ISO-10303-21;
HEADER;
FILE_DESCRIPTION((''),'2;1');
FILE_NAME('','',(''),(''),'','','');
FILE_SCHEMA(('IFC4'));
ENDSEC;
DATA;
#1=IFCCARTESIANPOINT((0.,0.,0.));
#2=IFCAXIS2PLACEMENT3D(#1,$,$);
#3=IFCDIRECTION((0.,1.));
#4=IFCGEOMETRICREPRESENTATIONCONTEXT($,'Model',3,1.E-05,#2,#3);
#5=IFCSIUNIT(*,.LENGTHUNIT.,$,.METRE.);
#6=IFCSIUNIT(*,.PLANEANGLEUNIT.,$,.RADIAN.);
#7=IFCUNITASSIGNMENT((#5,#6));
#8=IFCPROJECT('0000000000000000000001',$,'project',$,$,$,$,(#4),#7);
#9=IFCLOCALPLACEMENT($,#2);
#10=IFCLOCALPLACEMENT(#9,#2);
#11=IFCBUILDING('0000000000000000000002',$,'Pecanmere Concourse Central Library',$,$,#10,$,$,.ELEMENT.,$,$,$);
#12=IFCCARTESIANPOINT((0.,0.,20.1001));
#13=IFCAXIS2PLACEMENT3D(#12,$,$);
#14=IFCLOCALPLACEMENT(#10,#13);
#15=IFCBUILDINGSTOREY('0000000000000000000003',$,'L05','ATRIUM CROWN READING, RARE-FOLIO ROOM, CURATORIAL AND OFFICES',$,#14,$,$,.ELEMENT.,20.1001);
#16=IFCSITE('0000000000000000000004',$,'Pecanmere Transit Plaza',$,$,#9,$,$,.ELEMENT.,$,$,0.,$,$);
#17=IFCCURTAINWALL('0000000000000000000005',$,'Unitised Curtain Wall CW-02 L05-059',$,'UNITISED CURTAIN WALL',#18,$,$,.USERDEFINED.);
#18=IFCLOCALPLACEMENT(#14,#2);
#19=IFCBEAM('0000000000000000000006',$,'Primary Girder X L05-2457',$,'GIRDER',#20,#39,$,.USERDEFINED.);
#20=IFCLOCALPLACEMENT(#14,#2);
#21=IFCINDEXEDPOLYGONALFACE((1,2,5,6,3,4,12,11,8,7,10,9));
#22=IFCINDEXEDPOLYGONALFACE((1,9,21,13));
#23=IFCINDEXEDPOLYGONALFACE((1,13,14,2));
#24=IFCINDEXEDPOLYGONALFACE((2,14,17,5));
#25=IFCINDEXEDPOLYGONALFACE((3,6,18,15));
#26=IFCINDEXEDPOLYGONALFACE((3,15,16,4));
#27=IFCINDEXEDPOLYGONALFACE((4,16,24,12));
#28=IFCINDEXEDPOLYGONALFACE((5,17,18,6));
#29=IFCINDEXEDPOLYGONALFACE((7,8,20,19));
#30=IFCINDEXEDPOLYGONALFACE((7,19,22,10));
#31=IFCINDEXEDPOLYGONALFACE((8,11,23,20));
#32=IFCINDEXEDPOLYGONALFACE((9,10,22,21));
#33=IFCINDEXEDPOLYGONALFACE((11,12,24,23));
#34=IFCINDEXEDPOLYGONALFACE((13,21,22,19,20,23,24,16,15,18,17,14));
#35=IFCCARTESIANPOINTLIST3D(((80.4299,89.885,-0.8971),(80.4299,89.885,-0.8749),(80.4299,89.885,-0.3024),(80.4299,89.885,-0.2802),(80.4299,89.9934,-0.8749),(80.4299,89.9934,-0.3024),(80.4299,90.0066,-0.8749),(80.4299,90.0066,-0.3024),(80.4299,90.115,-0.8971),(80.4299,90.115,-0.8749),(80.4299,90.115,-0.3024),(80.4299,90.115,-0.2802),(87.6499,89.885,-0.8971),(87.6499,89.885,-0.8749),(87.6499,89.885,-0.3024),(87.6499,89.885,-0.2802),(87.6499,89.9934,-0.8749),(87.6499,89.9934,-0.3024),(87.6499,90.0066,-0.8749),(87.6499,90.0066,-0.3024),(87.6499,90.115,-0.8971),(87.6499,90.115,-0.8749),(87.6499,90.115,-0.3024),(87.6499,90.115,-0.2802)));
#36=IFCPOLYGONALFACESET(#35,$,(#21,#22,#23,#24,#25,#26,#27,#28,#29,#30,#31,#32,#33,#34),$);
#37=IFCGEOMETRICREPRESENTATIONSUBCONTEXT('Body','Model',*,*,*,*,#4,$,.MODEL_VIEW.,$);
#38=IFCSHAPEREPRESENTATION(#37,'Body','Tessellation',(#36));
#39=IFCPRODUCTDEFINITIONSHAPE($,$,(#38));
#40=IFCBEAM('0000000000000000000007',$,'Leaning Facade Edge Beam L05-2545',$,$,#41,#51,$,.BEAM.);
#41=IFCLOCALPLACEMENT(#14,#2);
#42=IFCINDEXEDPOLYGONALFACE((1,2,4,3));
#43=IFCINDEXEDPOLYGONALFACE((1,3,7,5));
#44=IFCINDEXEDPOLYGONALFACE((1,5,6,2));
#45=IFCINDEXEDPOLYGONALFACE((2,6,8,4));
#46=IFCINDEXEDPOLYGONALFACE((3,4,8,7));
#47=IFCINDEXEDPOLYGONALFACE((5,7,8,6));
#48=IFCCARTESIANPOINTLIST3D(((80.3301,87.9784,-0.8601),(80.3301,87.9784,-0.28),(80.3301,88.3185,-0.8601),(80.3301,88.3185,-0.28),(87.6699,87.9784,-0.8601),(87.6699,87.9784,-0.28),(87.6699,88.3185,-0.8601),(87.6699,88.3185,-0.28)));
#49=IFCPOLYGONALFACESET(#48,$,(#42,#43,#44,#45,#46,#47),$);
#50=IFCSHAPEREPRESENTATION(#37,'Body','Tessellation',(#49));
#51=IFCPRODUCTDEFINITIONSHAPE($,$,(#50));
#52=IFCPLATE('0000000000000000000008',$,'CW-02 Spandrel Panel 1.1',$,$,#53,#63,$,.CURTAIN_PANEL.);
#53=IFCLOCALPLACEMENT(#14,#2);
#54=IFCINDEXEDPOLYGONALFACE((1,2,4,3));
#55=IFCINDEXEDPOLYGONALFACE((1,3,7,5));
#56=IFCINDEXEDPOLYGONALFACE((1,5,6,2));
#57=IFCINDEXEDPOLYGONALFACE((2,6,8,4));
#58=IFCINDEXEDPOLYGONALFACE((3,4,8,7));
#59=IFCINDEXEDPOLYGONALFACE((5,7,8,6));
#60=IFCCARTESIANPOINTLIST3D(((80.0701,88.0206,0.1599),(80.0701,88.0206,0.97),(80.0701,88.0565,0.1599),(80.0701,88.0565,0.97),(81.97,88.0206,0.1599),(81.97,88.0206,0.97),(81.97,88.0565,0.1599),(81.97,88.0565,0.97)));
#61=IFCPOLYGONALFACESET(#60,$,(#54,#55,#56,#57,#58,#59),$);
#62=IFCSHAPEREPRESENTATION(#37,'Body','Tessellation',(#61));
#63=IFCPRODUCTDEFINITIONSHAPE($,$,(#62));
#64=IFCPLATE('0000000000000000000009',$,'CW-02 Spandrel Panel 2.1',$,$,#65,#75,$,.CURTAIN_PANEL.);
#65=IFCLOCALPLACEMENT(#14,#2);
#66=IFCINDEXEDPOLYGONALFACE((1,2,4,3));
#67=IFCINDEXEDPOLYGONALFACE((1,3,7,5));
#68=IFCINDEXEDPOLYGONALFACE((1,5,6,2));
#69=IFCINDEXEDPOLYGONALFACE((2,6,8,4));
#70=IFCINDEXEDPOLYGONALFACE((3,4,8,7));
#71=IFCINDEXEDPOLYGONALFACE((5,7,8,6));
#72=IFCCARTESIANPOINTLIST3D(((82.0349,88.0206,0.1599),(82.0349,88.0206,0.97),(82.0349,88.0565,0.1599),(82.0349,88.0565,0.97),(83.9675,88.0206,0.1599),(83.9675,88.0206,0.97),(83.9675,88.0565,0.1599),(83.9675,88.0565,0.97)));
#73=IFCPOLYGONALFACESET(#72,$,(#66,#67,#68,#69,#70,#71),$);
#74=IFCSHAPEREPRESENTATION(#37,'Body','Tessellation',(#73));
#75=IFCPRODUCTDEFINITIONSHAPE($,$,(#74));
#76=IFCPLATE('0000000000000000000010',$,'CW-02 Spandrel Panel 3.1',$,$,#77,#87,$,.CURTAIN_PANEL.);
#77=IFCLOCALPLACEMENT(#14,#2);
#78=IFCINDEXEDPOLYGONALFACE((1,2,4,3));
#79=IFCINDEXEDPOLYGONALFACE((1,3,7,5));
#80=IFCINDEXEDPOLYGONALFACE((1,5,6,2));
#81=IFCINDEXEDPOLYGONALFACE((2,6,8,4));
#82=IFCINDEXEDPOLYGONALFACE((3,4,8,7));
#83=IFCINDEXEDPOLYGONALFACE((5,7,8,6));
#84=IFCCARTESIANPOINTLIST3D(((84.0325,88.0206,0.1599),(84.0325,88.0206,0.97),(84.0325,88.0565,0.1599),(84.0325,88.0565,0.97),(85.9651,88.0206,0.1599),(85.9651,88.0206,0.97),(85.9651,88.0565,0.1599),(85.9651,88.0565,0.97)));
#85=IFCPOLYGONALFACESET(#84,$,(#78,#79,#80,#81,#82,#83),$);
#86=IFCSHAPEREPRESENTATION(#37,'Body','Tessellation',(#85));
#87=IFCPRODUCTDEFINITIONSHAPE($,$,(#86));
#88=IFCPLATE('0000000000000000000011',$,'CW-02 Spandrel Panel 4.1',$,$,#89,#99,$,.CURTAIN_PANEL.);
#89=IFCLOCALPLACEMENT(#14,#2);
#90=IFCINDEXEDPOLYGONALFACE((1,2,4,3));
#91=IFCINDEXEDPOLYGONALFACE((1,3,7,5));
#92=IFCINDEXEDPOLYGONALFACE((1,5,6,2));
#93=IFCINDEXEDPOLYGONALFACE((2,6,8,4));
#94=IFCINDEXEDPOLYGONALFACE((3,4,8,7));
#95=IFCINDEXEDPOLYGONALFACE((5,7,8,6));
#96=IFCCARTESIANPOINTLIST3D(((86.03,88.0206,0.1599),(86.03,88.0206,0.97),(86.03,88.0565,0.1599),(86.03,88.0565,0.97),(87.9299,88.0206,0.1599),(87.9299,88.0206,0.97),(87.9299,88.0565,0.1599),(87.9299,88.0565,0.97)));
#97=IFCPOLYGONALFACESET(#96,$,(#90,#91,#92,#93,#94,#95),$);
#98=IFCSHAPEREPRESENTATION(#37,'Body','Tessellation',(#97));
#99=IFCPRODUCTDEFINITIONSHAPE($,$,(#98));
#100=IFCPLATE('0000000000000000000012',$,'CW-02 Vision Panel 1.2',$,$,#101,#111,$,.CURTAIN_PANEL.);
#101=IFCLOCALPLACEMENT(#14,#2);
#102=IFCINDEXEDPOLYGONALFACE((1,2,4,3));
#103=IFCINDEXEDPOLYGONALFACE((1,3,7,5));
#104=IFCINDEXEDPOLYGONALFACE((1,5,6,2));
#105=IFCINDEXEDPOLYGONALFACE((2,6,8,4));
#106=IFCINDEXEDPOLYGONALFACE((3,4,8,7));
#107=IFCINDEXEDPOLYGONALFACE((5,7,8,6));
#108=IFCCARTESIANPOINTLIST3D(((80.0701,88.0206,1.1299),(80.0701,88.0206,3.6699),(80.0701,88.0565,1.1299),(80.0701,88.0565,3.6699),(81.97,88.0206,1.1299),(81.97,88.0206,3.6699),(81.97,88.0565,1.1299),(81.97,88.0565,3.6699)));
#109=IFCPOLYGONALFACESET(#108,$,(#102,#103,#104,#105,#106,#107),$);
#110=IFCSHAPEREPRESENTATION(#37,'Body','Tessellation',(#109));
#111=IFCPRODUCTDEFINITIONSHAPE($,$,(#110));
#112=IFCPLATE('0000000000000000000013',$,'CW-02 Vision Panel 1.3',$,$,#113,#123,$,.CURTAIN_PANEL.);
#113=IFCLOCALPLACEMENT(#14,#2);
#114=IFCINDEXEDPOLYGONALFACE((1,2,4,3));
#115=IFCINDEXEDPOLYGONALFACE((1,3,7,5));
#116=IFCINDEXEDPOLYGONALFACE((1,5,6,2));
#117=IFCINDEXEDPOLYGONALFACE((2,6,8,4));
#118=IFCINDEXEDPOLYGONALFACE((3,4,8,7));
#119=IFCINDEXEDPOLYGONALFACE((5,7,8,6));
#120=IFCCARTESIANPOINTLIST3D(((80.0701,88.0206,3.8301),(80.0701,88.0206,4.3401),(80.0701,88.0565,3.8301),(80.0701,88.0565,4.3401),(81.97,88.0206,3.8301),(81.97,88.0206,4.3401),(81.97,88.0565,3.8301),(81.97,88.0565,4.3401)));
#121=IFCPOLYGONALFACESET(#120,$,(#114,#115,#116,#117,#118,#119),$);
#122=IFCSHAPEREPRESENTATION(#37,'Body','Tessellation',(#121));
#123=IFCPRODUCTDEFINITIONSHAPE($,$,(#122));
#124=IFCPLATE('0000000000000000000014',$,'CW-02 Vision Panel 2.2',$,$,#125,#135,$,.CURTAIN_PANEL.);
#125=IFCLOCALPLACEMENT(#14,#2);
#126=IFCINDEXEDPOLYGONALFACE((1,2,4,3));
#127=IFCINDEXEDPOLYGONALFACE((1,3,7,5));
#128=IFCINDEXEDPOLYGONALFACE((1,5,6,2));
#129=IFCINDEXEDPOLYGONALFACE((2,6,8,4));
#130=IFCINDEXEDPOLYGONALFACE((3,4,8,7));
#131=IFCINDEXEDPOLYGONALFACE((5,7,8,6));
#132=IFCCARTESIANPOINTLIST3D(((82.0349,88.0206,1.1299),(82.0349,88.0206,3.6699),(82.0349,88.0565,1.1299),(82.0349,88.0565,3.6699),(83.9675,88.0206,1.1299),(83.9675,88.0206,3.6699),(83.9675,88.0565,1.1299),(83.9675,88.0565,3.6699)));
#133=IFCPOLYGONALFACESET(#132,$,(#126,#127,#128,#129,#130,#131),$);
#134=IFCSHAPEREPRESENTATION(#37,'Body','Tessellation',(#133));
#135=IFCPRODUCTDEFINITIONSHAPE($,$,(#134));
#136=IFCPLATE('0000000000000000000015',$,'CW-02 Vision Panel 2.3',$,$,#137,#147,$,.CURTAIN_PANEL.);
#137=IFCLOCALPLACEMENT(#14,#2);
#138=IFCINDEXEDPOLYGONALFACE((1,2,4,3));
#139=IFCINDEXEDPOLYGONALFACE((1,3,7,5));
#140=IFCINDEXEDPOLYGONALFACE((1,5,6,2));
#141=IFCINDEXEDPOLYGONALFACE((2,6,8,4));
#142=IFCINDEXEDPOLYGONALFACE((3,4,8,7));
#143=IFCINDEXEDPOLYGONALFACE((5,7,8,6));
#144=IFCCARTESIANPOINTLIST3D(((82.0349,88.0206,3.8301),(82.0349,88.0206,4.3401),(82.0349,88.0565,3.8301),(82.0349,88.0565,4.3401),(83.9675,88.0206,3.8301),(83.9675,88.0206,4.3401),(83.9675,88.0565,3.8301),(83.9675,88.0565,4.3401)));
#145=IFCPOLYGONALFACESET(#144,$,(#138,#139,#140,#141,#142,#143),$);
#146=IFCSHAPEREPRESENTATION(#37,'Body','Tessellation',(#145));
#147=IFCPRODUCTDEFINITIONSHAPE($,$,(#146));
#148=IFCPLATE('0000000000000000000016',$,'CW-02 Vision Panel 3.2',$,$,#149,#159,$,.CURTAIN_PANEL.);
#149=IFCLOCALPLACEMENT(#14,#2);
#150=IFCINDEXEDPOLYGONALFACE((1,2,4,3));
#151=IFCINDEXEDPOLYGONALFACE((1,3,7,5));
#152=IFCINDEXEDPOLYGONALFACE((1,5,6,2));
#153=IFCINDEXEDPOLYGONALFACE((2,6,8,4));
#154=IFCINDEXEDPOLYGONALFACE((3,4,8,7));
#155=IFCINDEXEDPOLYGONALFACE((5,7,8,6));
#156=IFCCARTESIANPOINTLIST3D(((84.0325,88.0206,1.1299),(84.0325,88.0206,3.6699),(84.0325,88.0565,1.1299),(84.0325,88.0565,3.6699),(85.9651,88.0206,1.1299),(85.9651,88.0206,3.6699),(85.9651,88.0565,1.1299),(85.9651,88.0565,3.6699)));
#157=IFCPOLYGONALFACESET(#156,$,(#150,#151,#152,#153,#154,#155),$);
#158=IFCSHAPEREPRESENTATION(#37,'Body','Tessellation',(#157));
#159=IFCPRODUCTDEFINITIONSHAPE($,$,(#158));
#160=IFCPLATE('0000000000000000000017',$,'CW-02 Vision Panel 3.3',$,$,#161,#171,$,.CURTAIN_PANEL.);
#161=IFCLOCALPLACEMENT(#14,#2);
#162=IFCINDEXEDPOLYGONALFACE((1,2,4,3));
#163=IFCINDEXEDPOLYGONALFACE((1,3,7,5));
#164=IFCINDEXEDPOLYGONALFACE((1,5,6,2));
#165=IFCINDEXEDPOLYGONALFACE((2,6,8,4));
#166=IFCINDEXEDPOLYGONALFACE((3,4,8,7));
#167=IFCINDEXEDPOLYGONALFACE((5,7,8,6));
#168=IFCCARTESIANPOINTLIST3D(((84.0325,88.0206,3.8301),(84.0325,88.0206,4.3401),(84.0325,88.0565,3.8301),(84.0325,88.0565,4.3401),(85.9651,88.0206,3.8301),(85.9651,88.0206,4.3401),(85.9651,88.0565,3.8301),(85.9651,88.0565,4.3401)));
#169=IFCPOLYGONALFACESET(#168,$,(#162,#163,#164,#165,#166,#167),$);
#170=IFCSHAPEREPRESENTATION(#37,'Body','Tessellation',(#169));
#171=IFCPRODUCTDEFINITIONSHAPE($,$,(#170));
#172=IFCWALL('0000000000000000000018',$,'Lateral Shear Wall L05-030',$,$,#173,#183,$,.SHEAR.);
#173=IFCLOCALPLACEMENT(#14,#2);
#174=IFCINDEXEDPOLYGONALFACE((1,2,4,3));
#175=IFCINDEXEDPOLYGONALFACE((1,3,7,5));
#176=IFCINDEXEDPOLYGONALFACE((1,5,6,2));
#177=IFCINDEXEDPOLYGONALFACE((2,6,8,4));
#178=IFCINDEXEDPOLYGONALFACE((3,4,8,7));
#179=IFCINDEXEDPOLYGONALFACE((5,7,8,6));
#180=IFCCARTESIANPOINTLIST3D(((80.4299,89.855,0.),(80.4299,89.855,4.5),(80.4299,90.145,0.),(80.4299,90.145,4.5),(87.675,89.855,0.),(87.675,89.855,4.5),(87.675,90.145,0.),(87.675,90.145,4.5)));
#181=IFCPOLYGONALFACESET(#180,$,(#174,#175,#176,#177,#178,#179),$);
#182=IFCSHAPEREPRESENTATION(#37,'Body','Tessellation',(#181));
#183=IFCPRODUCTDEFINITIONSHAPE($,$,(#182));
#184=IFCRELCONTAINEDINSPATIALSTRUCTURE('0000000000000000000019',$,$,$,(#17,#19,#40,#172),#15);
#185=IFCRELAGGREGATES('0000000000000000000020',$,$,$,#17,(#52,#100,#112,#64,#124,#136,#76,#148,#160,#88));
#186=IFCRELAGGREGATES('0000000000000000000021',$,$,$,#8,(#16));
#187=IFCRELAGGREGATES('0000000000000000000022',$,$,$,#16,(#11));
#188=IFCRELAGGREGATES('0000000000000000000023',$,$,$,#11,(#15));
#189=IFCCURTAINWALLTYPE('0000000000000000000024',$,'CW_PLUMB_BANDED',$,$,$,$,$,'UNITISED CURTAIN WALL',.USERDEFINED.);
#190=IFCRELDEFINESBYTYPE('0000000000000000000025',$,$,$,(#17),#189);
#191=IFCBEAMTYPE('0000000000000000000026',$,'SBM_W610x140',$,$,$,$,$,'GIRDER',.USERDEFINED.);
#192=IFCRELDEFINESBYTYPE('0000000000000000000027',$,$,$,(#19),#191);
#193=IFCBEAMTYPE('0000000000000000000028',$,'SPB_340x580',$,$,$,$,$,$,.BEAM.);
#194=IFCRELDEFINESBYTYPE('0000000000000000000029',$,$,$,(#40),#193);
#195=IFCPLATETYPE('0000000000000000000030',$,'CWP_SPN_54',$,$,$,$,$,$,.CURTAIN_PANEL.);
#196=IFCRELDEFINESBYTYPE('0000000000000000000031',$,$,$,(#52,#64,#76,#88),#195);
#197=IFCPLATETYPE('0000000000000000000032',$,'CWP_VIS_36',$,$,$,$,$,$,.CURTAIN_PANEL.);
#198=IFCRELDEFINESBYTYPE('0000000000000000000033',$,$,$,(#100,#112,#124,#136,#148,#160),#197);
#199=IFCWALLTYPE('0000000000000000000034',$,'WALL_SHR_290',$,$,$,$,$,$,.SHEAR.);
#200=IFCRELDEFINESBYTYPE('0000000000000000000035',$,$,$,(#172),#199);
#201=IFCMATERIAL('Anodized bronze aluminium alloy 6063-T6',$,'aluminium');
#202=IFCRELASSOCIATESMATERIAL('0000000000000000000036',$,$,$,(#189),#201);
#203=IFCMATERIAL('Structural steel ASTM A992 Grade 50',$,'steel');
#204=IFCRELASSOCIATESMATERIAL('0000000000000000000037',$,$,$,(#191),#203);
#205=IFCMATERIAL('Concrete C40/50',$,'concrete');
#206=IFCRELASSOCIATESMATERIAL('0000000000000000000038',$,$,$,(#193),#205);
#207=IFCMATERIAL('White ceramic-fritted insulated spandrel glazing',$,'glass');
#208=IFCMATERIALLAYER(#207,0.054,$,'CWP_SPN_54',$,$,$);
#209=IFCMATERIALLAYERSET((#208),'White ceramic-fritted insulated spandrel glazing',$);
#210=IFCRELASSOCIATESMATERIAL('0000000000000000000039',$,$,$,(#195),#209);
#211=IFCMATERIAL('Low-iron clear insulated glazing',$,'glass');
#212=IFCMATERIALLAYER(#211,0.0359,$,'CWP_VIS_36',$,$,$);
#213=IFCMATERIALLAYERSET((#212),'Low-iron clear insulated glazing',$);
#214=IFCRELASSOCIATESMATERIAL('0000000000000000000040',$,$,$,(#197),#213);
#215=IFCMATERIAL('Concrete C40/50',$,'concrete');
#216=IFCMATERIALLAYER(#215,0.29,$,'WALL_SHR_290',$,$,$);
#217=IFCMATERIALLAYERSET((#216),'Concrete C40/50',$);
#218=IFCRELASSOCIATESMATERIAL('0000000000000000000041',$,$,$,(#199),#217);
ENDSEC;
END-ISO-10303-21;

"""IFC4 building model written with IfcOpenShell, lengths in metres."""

from ifc_helpers import new_model, si_unit, direction, frame, frame_2d, origin, origin_2d, place, context, subcontext, project, spatial, rectangle, i_section, extrude, material, layer, layer_set, material_profile, profile_set, type_object, element, aggregate, save


model = new_model("IFC4")

# Units and contexts
model_context = context("Model", 3, precision=1e-05, world=origin(), true_north=direction((0.0, 1.0)))
body_context = subcontext(model_context, "Body", "Model", "MODEL_VIEW")
ifc_project = project(units=[si_unit("LENGTHUNIT", "METRE"), si_unit("PLANEANGLEUNIT", "RADIAN")], contexts=[model_context])

# Site, building, storey
site_placement = place(None, origin())
site = spatial("IfcSite", under=ifc_project, at=site_placement, Name="Pecanmere Transit Plaza", CompositionType="ELEMENT", RefElevation=0.0)
building_placement = place(site_placement, origin())
building = spatial("IfcBuilding", under=site, at=building_placement, Name="Pecanmere Concourse Central Library", CompositionType="ELEMENT")
storey_placement = place(building_placement, frame((0.0, 0.0, 20.1001)))
storey = spatial("IfcBuildingStorey", under=building, at=storey_placement, Name="L05", Description="ATRIUM CROWN READING, RARE-FOLIO ROOM, CURATORIAL AND OFFICES", CompositionType="ELEMENT", Elevation=20.1001)

# Shared definitions
ifc_material_1 = material(Name="Anodized bronze aluminium alloy 6063-T6", Category="aluminium")
curtain_wall_type = type_object("IfcCurtainWallType", Name="CW_PLUMB_BANDED", ElementType="UNITISED CURTAIN WALL", PredefinedType="USERDEFINED", material=ifc_material_1)

# Curtain wall
curtain_wall_1_placement = place(storey_placement, origin())
curtain_wall_1 = element("IfcCurtainWall", 1, at=curtain_wall_1_placement, inside=storey, type_object=curtain_wall_type, Name="Unitised Curtain Wall CW-02 L05-059", ObjectType="UNITISED CURTAIN WALL", PredefinedType="USERDEFINED")

# Beams
ifc_material_2 = material(Name="Structural steel ASTM A992 Grade 50", Category="steel")
ifc_material_profile_1 = material_profile(ifc_material_2, i_section(OverallWidth=0.23, OverallDepth=0.6169, WebThickness=0.0132, FlangeThickness=0.0222, at=origin_2d()), Name="W610x140")
ifc_profile_set_1 = profile_set([ifc_material_profile_1], Name="Structural steel ASTM A992 Grade 50")
beam_type_1 = type_object("IfcBeamType", Name="SBM_W610x140", ElementType="GIRDER", PredefinedType="USERDEFINED", material=ifc_profile_set_1)
beam_1_placement = place(storey_placement, frame((80.4299, 90.0, -0.5886), z_axis=(1.0, 0.0, 0.0), x_axis=(0.0, 1.0, 0.0)))
element("IfcBeam", 2, at=beam_1_placement, inside=storey, type_object=beam_type_1, Name="Primary Girder X L05-2457", ObjectType="GIRDER", PredefinedType="USERDEFINED", context=body_context, shape_type="SweptSolid", body=[
    extrude(i_section(OverallWidth=0.23, OverallDepth=0.6169, WebThickness=0.0132, FlangeThickness=0.0222, at=origin_2d()), origin(), (0.0, 0.0, 1.0), 7.22),
])
ifc_material_3 = material(Name="Concrete C40/50", Category="concrete")
ifc_material_profile_2 = material_profile(ifc_material_3, rectangle(XDim=0.3401, YDim=0.5801, at=origin_2d()), Name="RC 340x580")
ifc_profile_set_2 = profile_set([ifc_material_profile_2], Name="Concrete C40/50")
beam_type_2 = type_object("IfcBeamType", Name="SPB_340x580", PredefinedType="BEAM", material=ifc_profile_set_2)
beam_2_placement = place(storey_placement, frame((80.3301, 88.1484, -0.5701), z_axis=(1.0, 0.0, 0.0), x_axis=(0.0, 1.0, 0.0)))
element("IfcBeam", 3, at=beam_2_placement, inside=storey, type_object=beam_type_2, Name="Leaning Facade Edge Beam L05-2545", PredefinedType="BEAM", context=body_context, shape_type="SweptSolid", body=[
    extrude(rectangle(XDim=0.3401, YDim=0.5801, at=origin_2d()), origin(), (0.0, 0.0, 1.0), 7.3398),
])

# Plates
ifc_material_4 = material(Name="White ceramic-fritted insulated spandrel glazing", Category="glass")
ifc_layer_1 = layer(ifc_material_4, 0.054, Name="CWP_SPN_54")
ifc_layer_set_1 = layer_set([ifc_layer_1], Name="White ceramic-fritted insulated spandrel glazing")
plate_type_1 = type_object("IfcPlateType", Name="CWP_SPN_54", PredefinedType="CURTAIN_PANEL", material=ifc_layer_set_1)
plate_1_placement = place(storey_placement, frame((81.02, 88.0386, 0.1599), z_axis=(0.0, 0.0, 1.0), x_axis=(1.0, 0.0, 0.0)))
plate_1 = element("IfcPlate", 4, at=plate_1_placement, type_object=plate_type_1, Name="CW-02 Spandrel Panel 1.1", PredefinedType="CURTAIN_PANEL", context=body_context, shape_type="SweptSolid", body=[
    extrude(rectangle(XDim=1.8999, YDim=0.0359, at=origin_2d()), origin(), (0.0, 0.0, 1.0), 0.8101),
])
plate_2_placement = place(storey_placement, frame((83.0012, 88.0386, 0.1599), z_axis=(0.0, 0.0, 1.0), x_axis=(1.0, 0.0, 0.0)))
plate_2 = element("IfcPlate", 5, at=plate_2_placement, type_object=plate_type_1, Name="CW-02 Spandrel Panel 2.1", PredefinedType="CURTAIN_PANEL", context=body_context, shape_type="SweptSolid", body=[
    extrude(rectangle(XDim=1.9326, YDim=0.0359, at=origin_2d()), origin(), (0.0, 0.0, 1.0), 0.8101),
])
plate_3_placement = place(storey_placement, frame((84.9988, 88.0386, 0.1599), z_axis=(0.0, 0.0, 1.0), x_axis=(1.0, 0.0, 0.0)))
plate_3 = element("IfcPlate", 6, at=plate_3_placement, type_object=plate_type_1, Name="CW-02 Spandrel Panel 3.1", PredefinedType="CURTAIN_PANEL", context=body_context, shape_type="SweptSolid", body=[
    extrude(rectangle(XDim=1.9326, YDim=0.0359, at=origin_2d()), origin(), (0.0, 0.0, 1.0), 0.8101),
])
plate_4_placement = place(storey_placement, frame((86.98, 88.0386, 0.1599), z_axis=(0.0, 0.0, 1.0), x_axis=(1.0, 0.0, 0.0)))
plate_4 = element("IfcPlate", 7, at=plate_4_placement, type_object=plate_type_1, Name="CW-02 Spandrel Panel 4.1", PredefinedType="CURTAIN_PANEL", context=body_context, shape_type="SweptSolid", body=[
    extrude(rectangle(XDim=1.8999, YDim=0.0359, at=origin_2d()), origin(), (0.0, 0.0, 1.0), 0.8101),
])
ifc_material_5 = material(Name="Low-iron clear insulated glazing", Category="glass")
ifc_layer_2 = layer(ifc_material_5, 0.0359, Name="CWP_VIS_36")
ifc_layer_set_2 = layer_set([ifc_layer_2], Name="Low-iron clear insulated glazing")
plate_type_2 = type_object("IfcPlateType", Name="CWP_VIS_36", PredefinedType="CURTAIN_PANEL", material=ifc_layer_set_2)
plate_5_placement = place(storey_placement, frame((81.02, 88.0386, 1.1299), z_axis=(0.0, 0.0, 1.0), x_axis=(1.0, 0.0, 0.0)))
plate_5 = element("IfcPlate", 8, at=plate_5_placement, type_object=plate_type_2, Name="CW-02 Vision Panel 1.2", PredefinedType="CURTAIN_PANEL", context=body_context, shape_type="SweptSolid", body=[
    extrude(rectangle(XDim=1.8999, YDim=0.0359, at=origin_2d()), origin(), (0.0, 0.0, 1.0), 2.54),
])
plate_6_placement = place(storey_placement, frame((81.02, 88.0386, 3.8301), z_axis=(0.0, 0.0, 1.0), x_axis=(1.0, 0.0, 0.0)))
plate_6 = element("IfcPlate", 9, at=plate_6_placement, type_object=plate_type_2, Name="CW-02 Vision Panel 1.3", PredefinedType="CURTAIN_PANEL", context=body_context, shape_type="SweptSolid", body=[
    extrude(rectangle(XDim=1.8999, YDim=0.0359, at=origin_2d()), origin(), (0.0, 0.0, 1.0), 0.51),
])
plate_7_placement = place(storey_placement, frame((83.0012, 88.0386, 1.1299), z_axis=(0.0, 0.0, 1.0), x_axis=(1.0, 0.0, 0.0)))
plate_7 = element("IfcPlate", 10, at=plate_7_placement, type_object=plate_type_2, Name="CW-02 Vision Panel 2.2", PredefinedType="CURTAIN_PANEL", context=body_context, shape_type="SweptSolid", body=[
    extrude(rectangle(XDim=1.9326, YDim=0.0359, at=origin_2d()), origin(), (0.0, 0.0, 1.0), 2.54),
])
plate_8_placement = place(storey_placement, frame((83.0012, 88.0386, 3.8301), z_axis=(0.0, 0.0, 1.0), x_axis=(1.0, 0.0, 0.0)))
plate_8 = element("IfcPlate", 11, at=plate_8_placement, type_object=plate_type_2, Name="CW-02 Vision Panel 2.3", PredefinedType="CURTAIN_PANEL", context=body_context, shape_type="SweptSolid", body=[
    extrude(rectangle(XDim=1.9326, YDim=0.0359, at=origin_2d()), origin(), (0.0, 0.0, 1.0), 0.51),
])
plate_9_placement = place(storey_placement, frame((84.9988, 88.0386, 1.1299), z_axis=(0.0, 0.0, 1.0), x_axis=(1.0, 0.0, 0.0)))
plate_9 = element("IfcPlate", 12, at=plate_9_placement, type_object=plate_type_2, Name="CW-02 Vision Panel 3.2", PredefinedType="CURTAIN_PANEL", context=body_context, shape_type="SweptSolid", body=[
    extrude(rectangle(XDim=1.9326, YDim=0.0359, at=origin_2d()), origin(), (0.0, 0.0, 1.0), 2.54),
])
plate_10_placement = place(storey_placement, frame((84.9988, 88.0386, 3.8301), z_axis=(0.0, 0.0, 1.0), x_axis=(1.0, 0.0, 0.0)))
plate_10 = element("IfcPlate", 13, at=plate_10_placement, type_object=plate_type_2, Name="CW-02 Vision Panel 3.3", PredefinedType="CURTAIN_PANEL", context=body_context, shape_type="SweptSolid", body=[
    extrude(rectangle(XDim=1.9326, YDim=0.0359, at=origin_2d()), origin(), (0.0, 0.0, 1.0), 0.51),
])
aggregate(curtain_wall_1, [plate_1, plate_5, plate_6, plate_2, plate_7, plate_8, plate_3, plate_9, plate_10, plate_4])

# Wall
ifc_material_6 = material(Name="Concrete C40/50", Category="concrete")
ifc_layer_3 = layer(ifc_material_6, 0.29, Name="WALL_SHR_290")
ifc_layer_set_3 = layer_set([ifc_layer_3], Name="Concrete C40/50")
wall_type = type_object("IfcWallType", Name="WALL_SHR_290", PredefinedType="SHEAR", material=ifc_layer_set_3)
wall_placement = place(storey_placement, frame((80.4299, 90.0, 0.0), z_axis=(0.0, 0.0, 1.0), x_axis=(1.0, 0.0, 0.0)))
element("IfcWall", 14, at=wall_placement, inside=storey, type_object=wall_type, Name="Lateral Shear Wall L05-030", PredefinedType="SHEAR", context=body_context, shape_type="SweptSolid", body=[
    extrude(rectangle(XDim=7.2451, YDim=0.29, at=frame_2d((3.6226, 0.0))), origin(), (0.0, 0.0, 1.0), 4.5),
])

save(model, "model.ifc")
